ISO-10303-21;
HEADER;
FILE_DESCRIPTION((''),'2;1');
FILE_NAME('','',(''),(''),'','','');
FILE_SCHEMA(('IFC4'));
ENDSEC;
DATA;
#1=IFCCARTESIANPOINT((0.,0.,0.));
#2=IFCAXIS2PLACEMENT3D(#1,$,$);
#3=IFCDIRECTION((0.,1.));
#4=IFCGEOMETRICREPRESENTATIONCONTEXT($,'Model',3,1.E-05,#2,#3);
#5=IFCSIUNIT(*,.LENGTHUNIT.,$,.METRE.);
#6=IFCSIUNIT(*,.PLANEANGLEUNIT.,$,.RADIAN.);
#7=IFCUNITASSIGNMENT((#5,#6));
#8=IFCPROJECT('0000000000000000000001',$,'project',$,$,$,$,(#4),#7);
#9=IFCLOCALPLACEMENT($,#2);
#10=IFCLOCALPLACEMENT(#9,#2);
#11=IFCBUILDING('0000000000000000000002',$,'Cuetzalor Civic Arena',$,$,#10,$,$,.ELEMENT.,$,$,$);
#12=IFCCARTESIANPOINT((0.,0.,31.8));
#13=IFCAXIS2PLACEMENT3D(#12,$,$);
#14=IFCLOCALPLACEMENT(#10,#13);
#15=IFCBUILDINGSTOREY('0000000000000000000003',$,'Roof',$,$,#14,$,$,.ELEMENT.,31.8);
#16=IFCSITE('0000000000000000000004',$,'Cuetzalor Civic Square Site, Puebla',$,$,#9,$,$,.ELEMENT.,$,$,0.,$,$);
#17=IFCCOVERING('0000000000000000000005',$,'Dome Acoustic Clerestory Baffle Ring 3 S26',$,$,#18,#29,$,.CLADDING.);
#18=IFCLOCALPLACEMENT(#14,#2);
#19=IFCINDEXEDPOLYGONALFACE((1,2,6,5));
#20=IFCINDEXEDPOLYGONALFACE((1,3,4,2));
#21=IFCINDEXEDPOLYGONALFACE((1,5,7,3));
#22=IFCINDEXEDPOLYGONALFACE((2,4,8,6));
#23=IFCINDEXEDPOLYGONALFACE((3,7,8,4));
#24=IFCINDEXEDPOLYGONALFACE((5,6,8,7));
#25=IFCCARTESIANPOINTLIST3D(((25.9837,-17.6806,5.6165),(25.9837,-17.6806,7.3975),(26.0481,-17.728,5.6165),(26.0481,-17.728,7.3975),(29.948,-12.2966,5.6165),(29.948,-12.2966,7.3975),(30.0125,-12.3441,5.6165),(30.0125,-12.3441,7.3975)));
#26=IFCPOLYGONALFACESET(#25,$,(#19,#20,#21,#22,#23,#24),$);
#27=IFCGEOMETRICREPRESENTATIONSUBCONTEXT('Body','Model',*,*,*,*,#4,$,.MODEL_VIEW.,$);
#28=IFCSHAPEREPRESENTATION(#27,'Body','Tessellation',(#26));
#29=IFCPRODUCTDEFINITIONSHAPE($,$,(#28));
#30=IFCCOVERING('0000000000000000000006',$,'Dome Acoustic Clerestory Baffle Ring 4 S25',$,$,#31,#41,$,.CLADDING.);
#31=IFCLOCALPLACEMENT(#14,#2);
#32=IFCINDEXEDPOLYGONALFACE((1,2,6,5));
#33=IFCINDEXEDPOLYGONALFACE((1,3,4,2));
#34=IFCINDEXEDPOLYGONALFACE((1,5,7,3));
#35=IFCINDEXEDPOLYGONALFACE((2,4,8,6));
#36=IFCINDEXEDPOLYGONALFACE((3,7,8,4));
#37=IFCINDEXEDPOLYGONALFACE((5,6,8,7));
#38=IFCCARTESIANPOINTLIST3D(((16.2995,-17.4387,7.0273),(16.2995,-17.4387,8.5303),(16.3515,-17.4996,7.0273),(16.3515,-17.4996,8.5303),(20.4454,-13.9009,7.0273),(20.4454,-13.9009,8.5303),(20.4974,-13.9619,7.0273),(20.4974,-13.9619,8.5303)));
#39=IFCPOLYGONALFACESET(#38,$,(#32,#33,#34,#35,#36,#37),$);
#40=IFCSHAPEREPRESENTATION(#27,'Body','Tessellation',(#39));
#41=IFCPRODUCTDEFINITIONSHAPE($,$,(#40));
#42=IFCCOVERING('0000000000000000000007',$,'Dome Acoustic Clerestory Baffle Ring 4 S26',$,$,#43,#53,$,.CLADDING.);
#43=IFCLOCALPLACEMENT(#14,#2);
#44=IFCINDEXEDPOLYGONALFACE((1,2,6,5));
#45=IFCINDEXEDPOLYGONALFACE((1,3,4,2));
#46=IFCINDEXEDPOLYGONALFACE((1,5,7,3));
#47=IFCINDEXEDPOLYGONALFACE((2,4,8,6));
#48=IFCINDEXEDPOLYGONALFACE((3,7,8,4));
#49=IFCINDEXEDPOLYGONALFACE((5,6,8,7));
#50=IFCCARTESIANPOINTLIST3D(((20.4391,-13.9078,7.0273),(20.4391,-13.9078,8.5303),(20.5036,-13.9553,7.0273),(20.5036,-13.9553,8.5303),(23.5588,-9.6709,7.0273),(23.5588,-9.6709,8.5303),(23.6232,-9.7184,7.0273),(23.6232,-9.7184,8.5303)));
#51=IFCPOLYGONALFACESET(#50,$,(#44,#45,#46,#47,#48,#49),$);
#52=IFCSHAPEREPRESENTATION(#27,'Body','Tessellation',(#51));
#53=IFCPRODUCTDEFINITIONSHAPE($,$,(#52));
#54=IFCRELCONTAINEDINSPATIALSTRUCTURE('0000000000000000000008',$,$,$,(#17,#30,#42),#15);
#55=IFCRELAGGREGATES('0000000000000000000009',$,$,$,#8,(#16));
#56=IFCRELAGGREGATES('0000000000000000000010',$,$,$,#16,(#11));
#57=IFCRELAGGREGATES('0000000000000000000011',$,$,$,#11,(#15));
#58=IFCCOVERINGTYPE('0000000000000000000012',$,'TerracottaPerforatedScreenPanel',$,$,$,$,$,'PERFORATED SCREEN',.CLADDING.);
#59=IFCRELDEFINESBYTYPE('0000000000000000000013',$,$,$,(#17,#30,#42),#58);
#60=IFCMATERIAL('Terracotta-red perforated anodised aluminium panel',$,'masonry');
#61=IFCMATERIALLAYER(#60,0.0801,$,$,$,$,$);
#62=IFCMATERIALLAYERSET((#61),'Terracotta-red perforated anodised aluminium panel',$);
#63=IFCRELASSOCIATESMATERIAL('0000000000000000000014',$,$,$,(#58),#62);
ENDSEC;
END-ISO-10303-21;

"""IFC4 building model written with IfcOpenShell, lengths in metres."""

from ifc_helpers import new_model, si_unit, direction, frame, frame_2d, origin, place, context, subcontext, project, spatial, rectangle, extrude, material, layer, layer_set, type_object, element, save


model = new_model("IFC4")

# Units and contexts
model_context = context("Model", 3, precision=1e-05, world=origin(), true_north=direction((0.0, 1.0)))
body_context = subcontext(model_context, "Body", "Model", "MODEL_VIEW")
ifc_project = project(units=[si_unit("LENGTHUNIT", "METRE"), si_unit("PLANEANGLEUNIT", "RADIAN")], contexts=[model_context])

# Site, building, storey
site_placement = place(None, origin())
site = spatial("IfcSite", under=ifc_project, at=site_placement, Name="Cuetzalor Civic Square Site, Puebla", CompositionType="ELEMENT", RefElevation=0.0)
building_placement = place(site_placement, origin())
building = spatial("IfcBuilding", under=site, at=building_placement, Name="Cuetzalor Civic Arena", CompositionType="ELEMENT")
storey_placement = place(building_placement, frame((0.0, 0.0, 31.8)))
storey = spatial("IfcBuildingStorey", under=building, at=storey_placement, Name="Roof", CompositionType="ELEMENT", Elevation=31.8)

# Coverings
ifc_material_1 = material(Name="Terracotta-red perforated anodised aluminium panel", Category="masonry")
ifc_layer_1 = layer(ifc_material_1, 0.0801)
ifc_layer_set_1 = layer_set([ifc_layer_1], Name="Terracotta-red perforated anodised aluminium panel")
covering_type = type_object("IfcCoveringType", Name="TerracottaPerforatedScreenPanel", ElementType="PERFORATED SCREEN", PredefinedType="CLADDING", material=ifc_layer_set_1)
covering_1_placement = place(storey_placement, frame((29.9802, -12.3203, 5.6165), z_axis=(0.0, 0.0, 1.0), x_axis=(-0.592925, -0.805258, 0.0)))
element("IfcCovering", 1, at=covering_1_placement, inside=storey, type_object=covering_type, Name="Dome Acoustic Clerestory Baffle Ring 3 S26", PredefinedType="CLADDING", context=body_context, shape_type="SweptSolid", body=[
    extrude(rectangle(XDim=6.686, YDim=0.0801, at=frame_2d((3.343, 0.0))), origin(), (0.0, 0.0, 1.0), 1.781),
])
covering_2_placement = place(storey_placement, frame((20.4714, -13.9314, 7.0273), z_axis=(0.0, 0.0, 1.0), x_axis=(-0.760693, -0.649111, 0.0)))
element("IfcCovering", 2, at=covering_2_placement, inside=storey, type_object=covering_type, Name="Dome Acoustic Clerestory Baffle Ring 4 S25", PredefinedType="CLADDING", context=body_context, shape_type="SweptSolid", body=[
    extrude(rectangle(XDim=5.4502, YDim=0.0801, at=frame_2d((2.7251, 0.0))), origin(), (0.0, 0.0, 1.0), 1.5029),
])
covering_3_placement = place(storey_placement, frame((23.5911, -9.6946, 7.0273), z_axis=(0.0, 0.0, 1.0), x_axis=(-0.592924, -0.805259, 0.0)))
element("IfcCovering", 3, at=covering_3_placement, inside=storey, type_object=covering_type, Name="Dome Acoustic Clerestory Baffle Ring 4 S26", PredefinedType="CLADDING", context=body_context, shape_type="SweptSolid", body=[
    extrude(rectangle(XDim=5.2615, YDim=0.0801, at=frame_2d((2.6309, 0.0))), origin(), (0.0, 0.0, 1.0), 1.5029),
])

save(model, "model.ifc")
